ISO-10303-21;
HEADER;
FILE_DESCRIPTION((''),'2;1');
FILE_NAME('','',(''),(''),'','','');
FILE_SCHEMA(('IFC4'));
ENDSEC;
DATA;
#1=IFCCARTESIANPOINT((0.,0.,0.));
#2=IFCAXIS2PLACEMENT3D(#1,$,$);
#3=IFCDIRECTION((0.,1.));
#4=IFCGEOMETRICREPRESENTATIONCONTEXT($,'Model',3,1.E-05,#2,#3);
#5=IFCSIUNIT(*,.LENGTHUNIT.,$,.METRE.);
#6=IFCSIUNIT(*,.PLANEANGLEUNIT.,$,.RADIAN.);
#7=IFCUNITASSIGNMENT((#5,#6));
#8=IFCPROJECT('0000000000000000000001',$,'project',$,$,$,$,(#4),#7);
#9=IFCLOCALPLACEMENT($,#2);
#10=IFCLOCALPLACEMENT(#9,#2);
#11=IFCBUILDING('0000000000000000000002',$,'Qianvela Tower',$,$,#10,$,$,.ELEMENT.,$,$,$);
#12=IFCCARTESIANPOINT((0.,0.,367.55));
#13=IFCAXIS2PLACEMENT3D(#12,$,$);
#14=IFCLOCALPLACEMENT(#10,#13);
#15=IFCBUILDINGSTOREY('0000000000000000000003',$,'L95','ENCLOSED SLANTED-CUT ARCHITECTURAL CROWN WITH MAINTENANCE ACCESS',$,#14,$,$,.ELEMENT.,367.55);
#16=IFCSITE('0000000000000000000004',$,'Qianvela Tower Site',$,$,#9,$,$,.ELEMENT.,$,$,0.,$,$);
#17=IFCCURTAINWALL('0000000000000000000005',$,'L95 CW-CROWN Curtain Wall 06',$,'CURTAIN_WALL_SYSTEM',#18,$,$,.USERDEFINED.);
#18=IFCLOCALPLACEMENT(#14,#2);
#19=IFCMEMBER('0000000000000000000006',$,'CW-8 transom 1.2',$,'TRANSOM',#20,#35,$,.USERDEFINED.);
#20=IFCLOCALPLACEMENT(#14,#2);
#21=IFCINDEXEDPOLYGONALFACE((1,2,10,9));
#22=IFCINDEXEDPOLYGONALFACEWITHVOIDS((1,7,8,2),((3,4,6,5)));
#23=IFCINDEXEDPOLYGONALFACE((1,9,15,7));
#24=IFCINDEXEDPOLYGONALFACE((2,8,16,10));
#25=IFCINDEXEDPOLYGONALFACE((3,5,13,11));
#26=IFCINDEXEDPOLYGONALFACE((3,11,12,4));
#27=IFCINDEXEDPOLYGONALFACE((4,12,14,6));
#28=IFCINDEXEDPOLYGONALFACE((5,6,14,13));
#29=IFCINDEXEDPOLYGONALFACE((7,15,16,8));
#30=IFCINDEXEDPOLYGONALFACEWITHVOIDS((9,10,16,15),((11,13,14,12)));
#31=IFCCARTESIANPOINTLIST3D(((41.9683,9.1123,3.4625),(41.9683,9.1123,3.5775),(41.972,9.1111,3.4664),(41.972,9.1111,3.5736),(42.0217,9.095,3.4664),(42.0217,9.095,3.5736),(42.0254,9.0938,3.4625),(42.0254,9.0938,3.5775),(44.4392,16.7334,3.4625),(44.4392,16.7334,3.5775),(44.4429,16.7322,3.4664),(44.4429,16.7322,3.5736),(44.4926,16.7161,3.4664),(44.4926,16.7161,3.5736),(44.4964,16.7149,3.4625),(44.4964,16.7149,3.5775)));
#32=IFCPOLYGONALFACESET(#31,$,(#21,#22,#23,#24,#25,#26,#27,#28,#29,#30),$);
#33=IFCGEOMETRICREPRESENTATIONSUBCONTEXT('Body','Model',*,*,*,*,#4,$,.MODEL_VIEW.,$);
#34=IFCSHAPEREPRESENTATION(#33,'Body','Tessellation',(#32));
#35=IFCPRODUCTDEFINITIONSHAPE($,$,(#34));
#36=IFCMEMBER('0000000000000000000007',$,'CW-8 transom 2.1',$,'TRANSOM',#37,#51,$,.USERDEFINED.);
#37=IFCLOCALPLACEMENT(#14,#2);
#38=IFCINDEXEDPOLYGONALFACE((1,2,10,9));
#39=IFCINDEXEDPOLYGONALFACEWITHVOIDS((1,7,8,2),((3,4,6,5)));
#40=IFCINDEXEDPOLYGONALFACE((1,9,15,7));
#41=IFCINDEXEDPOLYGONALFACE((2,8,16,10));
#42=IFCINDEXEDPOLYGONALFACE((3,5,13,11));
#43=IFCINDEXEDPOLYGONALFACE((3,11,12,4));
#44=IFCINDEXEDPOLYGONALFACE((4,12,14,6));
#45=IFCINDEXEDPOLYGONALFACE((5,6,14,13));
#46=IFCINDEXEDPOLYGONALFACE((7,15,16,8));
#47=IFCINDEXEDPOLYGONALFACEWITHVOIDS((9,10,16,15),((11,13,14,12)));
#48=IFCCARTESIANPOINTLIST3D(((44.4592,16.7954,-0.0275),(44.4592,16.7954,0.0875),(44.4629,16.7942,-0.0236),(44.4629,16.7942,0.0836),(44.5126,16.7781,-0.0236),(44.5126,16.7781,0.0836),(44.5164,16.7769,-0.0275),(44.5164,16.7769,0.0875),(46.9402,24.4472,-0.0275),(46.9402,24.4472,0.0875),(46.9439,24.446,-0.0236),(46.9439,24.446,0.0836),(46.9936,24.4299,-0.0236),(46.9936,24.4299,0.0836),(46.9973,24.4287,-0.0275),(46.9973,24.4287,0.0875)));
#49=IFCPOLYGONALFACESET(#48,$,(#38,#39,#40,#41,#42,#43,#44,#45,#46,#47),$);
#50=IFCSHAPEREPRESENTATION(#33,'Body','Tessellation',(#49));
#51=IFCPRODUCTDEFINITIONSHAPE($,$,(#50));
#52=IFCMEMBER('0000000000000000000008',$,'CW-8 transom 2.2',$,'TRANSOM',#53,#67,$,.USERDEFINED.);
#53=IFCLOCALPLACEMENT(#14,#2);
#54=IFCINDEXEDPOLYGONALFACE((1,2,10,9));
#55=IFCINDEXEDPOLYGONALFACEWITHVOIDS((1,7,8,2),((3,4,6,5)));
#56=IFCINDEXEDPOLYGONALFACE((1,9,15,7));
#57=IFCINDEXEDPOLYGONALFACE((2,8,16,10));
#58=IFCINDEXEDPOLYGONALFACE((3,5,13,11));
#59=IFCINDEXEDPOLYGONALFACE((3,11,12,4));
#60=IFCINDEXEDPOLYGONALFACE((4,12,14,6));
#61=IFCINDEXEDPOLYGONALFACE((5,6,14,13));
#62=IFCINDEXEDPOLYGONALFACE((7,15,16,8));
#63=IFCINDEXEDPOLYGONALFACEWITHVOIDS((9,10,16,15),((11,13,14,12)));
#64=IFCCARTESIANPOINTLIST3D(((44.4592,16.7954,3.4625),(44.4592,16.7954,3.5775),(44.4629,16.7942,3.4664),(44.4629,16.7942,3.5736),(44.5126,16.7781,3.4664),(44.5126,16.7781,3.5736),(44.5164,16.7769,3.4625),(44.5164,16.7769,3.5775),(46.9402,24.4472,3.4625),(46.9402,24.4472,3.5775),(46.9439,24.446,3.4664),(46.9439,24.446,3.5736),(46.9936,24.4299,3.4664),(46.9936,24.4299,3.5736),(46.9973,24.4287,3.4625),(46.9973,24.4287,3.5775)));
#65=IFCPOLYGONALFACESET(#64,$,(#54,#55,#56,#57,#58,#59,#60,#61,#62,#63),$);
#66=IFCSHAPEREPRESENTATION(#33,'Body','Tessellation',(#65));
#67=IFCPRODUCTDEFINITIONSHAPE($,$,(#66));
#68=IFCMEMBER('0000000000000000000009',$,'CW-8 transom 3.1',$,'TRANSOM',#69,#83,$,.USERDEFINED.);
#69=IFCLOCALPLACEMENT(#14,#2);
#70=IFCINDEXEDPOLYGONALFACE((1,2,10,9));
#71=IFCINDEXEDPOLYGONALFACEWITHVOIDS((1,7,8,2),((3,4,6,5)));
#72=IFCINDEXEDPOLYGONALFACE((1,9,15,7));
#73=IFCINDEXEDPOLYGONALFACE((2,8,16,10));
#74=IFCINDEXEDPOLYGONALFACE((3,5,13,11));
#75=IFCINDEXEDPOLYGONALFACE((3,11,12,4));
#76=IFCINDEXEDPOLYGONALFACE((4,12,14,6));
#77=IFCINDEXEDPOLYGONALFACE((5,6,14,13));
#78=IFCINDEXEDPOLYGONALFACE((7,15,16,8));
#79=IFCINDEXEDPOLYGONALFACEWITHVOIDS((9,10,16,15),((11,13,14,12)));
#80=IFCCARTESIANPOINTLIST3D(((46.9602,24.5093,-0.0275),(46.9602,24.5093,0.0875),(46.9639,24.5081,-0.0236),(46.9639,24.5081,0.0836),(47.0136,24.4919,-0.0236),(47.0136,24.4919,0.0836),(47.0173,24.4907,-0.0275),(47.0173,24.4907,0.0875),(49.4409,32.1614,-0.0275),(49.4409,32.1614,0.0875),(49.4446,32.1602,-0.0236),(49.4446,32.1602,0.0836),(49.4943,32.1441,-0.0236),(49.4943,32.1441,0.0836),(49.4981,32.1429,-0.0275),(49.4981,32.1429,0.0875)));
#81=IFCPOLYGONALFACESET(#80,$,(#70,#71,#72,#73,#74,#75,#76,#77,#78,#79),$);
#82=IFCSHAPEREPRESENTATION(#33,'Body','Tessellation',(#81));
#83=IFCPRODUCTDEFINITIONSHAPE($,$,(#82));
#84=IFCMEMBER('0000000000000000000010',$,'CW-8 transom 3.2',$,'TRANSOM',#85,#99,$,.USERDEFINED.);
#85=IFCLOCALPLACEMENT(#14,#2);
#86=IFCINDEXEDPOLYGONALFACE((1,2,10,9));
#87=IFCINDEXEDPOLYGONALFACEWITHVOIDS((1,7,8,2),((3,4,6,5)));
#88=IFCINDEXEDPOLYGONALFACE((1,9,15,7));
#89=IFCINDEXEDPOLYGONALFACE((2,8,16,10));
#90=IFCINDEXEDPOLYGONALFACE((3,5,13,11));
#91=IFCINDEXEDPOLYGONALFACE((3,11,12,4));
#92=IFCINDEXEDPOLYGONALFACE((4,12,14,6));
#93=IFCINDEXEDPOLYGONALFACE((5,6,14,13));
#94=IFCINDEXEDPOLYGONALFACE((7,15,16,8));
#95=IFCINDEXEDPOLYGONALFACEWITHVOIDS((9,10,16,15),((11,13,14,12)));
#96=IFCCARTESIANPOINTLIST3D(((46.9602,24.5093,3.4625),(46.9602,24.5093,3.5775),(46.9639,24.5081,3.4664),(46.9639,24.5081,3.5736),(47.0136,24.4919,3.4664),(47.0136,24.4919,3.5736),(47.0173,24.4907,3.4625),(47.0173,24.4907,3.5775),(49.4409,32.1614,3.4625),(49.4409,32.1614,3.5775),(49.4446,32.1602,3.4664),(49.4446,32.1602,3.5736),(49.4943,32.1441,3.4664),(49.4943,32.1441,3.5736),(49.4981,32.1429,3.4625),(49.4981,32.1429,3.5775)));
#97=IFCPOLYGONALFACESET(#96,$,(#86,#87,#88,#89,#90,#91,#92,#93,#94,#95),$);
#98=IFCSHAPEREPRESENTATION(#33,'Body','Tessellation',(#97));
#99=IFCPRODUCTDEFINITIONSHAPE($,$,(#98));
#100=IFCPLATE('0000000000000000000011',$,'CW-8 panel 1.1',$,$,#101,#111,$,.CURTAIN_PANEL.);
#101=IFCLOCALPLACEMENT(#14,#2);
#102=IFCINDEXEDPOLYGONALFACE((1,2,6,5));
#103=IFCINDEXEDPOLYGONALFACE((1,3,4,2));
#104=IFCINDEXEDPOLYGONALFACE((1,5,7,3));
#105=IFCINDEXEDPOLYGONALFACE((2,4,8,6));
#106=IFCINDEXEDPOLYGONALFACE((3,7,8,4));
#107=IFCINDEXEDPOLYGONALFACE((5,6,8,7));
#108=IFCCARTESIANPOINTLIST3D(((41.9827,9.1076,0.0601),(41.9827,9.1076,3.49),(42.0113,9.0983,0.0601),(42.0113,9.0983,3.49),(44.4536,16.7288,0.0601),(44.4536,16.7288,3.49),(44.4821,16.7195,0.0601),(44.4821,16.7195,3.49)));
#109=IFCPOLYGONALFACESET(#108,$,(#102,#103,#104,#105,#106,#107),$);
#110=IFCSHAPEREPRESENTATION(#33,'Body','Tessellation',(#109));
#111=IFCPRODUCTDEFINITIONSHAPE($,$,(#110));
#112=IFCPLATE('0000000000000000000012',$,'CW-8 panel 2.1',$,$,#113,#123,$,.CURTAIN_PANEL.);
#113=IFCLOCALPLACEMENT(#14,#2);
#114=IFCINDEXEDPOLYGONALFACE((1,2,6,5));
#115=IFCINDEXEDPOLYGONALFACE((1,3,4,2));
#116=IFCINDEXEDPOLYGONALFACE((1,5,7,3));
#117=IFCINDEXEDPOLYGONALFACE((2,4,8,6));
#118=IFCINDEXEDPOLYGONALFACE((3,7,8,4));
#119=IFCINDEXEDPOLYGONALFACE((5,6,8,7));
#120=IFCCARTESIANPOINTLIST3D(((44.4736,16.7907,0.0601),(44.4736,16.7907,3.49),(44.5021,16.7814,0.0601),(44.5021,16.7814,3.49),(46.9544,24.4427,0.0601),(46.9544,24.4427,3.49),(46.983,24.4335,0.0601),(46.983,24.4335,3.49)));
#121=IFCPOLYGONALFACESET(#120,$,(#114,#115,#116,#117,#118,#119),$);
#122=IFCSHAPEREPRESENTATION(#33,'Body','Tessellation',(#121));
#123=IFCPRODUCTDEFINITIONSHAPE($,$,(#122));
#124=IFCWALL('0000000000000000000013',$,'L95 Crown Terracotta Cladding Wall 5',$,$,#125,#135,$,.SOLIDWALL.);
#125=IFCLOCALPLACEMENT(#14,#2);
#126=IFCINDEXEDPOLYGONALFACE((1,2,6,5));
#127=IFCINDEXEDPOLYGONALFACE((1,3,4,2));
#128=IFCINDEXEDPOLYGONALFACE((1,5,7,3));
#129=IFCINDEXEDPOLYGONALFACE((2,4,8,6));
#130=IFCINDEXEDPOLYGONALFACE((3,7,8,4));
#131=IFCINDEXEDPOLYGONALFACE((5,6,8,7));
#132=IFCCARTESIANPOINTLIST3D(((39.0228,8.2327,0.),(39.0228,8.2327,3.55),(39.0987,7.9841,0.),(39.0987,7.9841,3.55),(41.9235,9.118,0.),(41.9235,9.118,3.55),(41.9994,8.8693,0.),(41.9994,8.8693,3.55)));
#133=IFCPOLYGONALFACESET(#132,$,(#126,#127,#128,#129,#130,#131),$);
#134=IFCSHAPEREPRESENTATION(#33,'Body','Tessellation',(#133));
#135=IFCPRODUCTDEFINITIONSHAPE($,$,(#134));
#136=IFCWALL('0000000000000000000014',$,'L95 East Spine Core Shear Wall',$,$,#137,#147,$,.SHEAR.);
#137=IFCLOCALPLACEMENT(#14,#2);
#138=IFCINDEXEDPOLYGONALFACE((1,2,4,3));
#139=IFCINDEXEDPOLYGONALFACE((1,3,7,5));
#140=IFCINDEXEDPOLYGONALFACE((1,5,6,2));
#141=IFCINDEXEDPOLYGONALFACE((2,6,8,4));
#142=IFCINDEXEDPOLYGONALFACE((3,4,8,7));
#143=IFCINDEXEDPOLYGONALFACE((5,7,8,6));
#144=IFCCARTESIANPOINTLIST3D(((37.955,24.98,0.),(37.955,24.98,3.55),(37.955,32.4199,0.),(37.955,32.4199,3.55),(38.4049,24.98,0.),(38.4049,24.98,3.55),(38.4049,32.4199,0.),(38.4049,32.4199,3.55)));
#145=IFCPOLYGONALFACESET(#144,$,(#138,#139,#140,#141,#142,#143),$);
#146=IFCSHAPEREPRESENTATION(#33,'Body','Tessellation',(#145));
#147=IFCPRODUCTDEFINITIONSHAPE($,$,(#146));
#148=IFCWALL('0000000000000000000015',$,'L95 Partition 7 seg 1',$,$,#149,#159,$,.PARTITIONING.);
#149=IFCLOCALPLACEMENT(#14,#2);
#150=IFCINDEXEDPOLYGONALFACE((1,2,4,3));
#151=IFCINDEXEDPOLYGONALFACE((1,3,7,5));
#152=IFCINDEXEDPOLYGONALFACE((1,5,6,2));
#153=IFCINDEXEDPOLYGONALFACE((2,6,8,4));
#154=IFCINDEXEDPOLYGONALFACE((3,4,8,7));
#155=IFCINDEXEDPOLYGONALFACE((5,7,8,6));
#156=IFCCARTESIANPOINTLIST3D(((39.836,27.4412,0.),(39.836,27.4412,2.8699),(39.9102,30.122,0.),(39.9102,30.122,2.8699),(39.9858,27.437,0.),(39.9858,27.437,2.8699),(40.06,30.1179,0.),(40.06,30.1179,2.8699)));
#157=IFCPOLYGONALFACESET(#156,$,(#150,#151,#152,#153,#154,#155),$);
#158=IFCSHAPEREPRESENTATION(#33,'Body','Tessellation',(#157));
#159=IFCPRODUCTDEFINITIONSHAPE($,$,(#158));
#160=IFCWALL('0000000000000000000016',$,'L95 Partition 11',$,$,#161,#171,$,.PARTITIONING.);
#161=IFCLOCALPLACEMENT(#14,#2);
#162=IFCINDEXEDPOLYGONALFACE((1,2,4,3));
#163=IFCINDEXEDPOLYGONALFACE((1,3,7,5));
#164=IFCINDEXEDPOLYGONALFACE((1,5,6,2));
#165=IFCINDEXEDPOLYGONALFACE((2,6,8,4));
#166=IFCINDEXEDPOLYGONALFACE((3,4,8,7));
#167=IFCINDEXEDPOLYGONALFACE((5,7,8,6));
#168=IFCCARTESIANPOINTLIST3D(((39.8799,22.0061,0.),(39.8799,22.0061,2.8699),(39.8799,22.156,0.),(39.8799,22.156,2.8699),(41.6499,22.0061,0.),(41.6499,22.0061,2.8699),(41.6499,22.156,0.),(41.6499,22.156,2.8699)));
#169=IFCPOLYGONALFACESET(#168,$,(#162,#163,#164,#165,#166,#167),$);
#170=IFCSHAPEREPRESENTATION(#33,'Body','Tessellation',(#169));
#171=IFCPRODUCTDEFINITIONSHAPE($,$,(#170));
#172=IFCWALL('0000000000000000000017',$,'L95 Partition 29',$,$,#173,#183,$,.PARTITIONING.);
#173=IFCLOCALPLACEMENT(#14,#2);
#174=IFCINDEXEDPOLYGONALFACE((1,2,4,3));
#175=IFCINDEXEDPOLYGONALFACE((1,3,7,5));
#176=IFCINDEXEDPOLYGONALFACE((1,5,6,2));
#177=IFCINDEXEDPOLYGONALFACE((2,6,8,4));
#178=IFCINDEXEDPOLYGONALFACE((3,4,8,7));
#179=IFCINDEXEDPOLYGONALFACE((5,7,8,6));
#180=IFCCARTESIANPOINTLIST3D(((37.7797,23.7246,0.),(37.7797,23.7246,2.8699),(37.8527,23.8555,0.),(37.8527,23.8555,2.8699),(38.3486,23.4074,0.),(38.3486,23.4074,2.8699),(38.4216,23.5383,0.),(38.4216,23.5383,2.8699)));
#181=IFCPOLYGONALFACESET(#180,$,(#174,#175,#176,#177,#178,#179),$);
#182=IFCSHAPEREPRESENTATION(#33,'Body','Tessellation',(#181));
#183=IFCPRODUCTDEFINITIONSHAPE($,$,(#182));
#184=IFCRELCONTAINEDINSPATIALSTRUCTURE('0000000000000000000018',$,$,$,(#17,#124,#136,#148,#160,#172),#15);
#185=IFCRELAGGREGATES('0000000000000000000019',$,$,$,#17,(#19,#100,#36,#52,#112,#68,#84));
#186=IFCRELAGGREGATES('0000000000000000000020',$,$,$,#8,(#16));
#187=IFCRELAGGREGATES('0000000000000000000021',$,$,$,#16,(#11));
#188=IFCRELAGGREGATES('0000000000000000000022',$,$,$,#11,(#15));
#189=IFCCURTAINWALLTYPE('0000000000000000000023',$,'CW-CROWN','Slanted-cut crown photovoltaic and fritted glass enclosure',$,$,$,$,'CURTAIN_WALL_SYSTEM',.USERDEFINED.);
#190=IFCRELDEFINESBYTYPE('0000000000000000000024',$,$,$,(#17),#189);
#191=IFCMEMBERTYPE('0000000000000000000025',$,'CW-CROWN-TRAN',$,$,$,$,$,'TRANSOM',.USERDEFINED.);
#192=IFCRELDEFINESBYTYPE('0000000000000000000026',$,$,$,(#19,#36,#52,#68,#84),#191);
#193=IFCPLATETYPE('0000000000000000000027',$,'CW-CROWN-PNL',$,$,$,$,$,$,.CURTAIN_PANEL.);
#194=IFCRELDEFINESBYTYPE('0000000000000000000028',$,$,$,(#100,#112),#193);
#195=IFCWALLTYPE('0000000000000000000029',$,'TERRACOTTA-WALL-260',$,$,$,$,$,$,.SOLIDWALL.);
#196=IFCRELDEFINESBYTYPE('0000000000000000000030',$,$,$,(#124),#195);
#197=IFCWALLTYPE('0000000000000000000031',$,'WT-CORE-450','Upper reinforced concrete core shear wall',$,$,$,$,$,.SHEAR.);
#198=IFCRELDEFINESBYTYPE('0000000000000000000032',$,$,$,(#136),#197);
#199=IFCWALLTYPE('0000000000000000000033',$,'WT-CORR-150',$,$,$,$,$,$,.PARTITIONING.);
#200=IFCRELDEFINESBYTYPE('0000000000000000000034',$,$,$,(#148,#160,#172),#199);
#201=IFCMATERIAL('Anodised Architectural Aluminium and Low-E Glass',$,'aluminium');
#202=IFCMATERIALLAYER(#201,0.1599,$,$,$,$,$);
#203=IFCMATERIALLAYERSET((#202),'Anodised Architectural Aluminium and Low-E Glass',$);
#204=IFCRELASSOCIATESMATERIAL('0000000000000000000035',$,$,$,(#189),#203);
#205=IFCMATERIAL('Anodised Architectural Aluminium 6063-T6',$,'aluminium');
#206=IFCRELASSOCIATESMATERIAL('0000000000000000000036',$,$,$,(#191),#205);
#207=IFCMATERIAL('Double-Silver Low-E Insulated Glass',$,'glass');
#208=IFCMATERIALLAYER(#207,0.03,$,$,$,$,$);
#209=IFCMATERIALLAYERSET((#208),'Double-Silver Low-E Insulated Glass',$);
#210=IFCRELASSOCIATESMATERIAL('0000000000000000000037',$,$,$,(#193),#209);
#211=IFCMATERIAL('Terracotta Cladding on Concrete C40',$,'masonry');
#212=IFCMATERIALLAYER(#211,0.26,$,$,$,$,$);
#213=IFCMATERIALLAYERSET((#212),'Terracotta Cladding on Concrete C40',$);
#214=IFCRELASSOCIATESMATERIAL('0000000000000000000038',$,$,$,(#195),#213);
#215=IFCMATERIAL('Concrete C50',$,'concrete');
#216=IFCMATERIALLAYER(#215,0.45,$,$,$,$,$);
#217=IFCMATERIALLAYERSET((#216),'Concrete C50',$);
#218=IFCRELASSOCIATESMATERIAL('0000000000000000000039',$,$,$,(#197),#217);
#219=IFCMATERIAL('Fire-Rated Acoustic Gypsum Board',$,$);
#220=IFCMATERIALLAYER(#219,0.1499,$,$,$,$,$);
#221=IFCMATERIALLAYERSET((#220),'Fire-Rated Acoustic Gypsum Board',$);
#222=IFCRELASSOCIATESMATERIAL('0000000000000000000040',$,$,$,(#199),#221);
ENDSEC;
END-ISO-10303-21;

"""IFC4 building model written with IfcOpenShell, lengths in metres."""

from ifc_helpers import new_model, si_unit, direction, frame, frame_2d, origin, origin_2d, place, context, subcontext, project, spatial, rectangle, hollow_rectangle, extrude, material, layer, layer_set, material_profile, profile_set, type_object, element, aggregate, save


model = new_model("IFC4")

# Units and contexts
model_context = context("Model", 3, precision=1e-05, world=origin(), true_north=direction((0.0, 1.0)))
body_context = subcontext(model_context, "Body", "Model", "MODEL_VIEW")
ifc_project = project(units=[si_unit("LENGTHUNIT", "METRE"), si_unit("PLANEANGLEUNIT", "RADIAN")], contexts=[model_context])

# Site, building, storey
site_placement = place(None, origin())
site = spatial("IfcSite", under=ifc_project, at=site_placement, Name="Qianvela Tower Site", CompositionType="ELEMENT", RefElevation=0.0)
building_placement = place(site_placement, origin())
building = spatial("IfcBuilding", under=site, at=building_placement, Name="Qianvela Tower", CompositionType="ELEMENT")
storey_placement = place(building_placement, frame((0.0, 0.0, 367.55)))
storey = spatial("IfcBuildingStorey", under=building, at=storey_placement, Name="L95", Description="ENCLOSED SLANTED-CUT ARCHITECTURAL CROWN WITH MAINTENANCE ACCESS", CompositionType="ELEMENT", Elevation=367.55)

# Shared definitions
ifc_material_1 = material(Name="Anodised Architectural Aluminium and Low-E Glass", Category="aluminium")
ifc_layer_1 = layer(ifc_material_1, 0.1599)
ifc_layer_set_1 = layer_set([ifc_layer_1], Name="Anodised Architectural Aluminium and Low-E Glass")
curtain_wall_type = type_object("IfcCurtainWallType", Name="CW-CROWN", Description="Slanted-cut crown photovoltaic and fritted glass enclosure", ElementType="CURTAIN_WALL_SYSTEM", PredefinedType="USERDEFINED", material=ifc_layer_set_1)

# Curtain wall, members, plates
curtain_wall_1_placement = place(storey_placement, origin())
curtain_wall_1 = element("IfcCurtainWall", 1, at=curtain_wall_1_placement, inside=storey, type_object=curtain_wall_type, Name="L95 CW-CROWN Curtain Wall 06", ObjectType="CURTAIN_WALL_SYSTEM", PredefinedType="USERDEFINED")
ifc_material_2 = material(Name="Anodised Architectural Aluminium 6063-T6", Category="aluminium")
ifc_material_profile_1 = material_profile(ifc_material_2, hollow_rectangle(XDim=0.0601, YDim=0.115, WallThickness=0.0039, at=origin_2d()), Name="ALU-TRAN-60x115")
ifc_profile_set_1 = profile_set([ifc_material_profile_1], Name="Anodised Architectural Aluminium 6063-T6")
member_type_1 = type_object("IfcMemberType", Name="CW-CROWN-TRAN", ElementType="TRANSOM", PredefinedType="USERDEFINED", material=ifc_profile_set_1)
member_1_placement = place(storey_placement, frame((41.9968, 9.103, 3.52), z_axis=(0.308419, 0.951251, 0.0), x_axis=(-0.951251, 0.308419, 0.0)))
member_1 = element("IfcMember", 2, at=member_1_placement, type_object=member_type_1, Name="CW-8 transom 1.2", ObjectType="TRANSOM", PredefinedType="USERDEFINED", context=body_context, shape_type="SweptSolid", body=[
    extrude(hollow_rectangle(XDim=0.0601, YDim=0.115, WallThickness=0.0039, at=origin_2d()), origin(), (0.0, 0.0, 1.0), 8.0117),
])
member_2_placement = place(storey_placement, frame((44.4878, 16.7861, 0.03), z_axis=(0.308423, 0.951249, 0.0), x_axis=(-0.951249, 0.308423, 0.0)))
member_2 = element("IfcMember", 3, at=member_2_placement, type_object=member_type_1, Name="CW-8 transom 2.1", ObjectType="TRANSOM", PredefinedType="USERDEFINED", context=body_context, shape_type="SweptSolid", body=[
    extrude(hollow_rectangle(XDim=0.0601, YDim=0.115, WallThickness=0.0039, at=origin_2d()), origin(), (0.0, 0.0, 1.0), 8.0439),
])
member_3_placement = place(storey_placement, frame((44.4878, 16.7861, 3.52), z_axis=(0.308423, 0.951249, 0.0), x_axis=(-0.951249, 0.308423, 0.0)))
member_3 = element("IfcMember", 4, at=member_3_placement, type_object=member_type_1, Name="CW-8 transom 2.2", ObjectType="TRANSOM", PredefinedType="USERDEFINED", context=body_context, shape_type="SweptSolid", body=[
    extrude(hollow_rectangle(XDim=0.0601, YDim=0.115, WallThickness=0.0039, at=origin_2d()), origin(), (0.0, 0.0, 1.0), 8.0439),
])
member_4_placement = place(storey_placement, frame((46.9888, 24.5, 0.03), z_axis=(0.308387, 0.951261, 0.0), x_axis=(-0.951261, 0.308387, 0.0)))
member_4 = element("IfcMember", 5, at=member_4_placement, type_object=member_type_1, Name="CW-8 transom 3.1", ObjectType="TRANSOM", PredefinedType="USERDEFINED", context=body_context, shape_type="SweptSolid", body=[
    extrude(hollow_rectangle(XDim=0.0601, YDim=0.115, WallThickness=0.0039, at=origin_2d()), origin(), (0.0, 0.0, 1.0), 8.0442),
])
member_5_placement = place(storey_placement, frame((46.9888, 24.5, 3.52), z_axis=(0.308387, 0.951261, 0.0), x_axis=(-0.951261, 0.308387, 0.0)))
member_5 = element("IfcMember", 6, at=member_5_placement, type_object=member_type_1, Name="CW-8 transom 3.2", ObjectType="TRANSOM", PredefinedType="USERDEFINED", context=body_context, shape_type="SweptSolid", body=[
    extrude(hollow_rectangle(XDim=0.0601, YDim=0.115, WallThickness=0.0039, at=origin_2d()), origin(), (0.0, 0.0, 1.0), 8.0442),
])
ifc_material_3 = material(Name="Double-Silver Low-E Insulated Glass", Category="glass")
ifc_layer_2 = layer(ifc_material_3, 0.03)
ifc_layer_set_2 = layer_set([ifc_layer_2], Name="Double-Silver Low-E Insulated Glass")
plate_type = type_object("IfcPlateType", Name="CW-CROWN-PNL", PredefinedType="CURTAIN_PANEL", material=ifc_layer_set_2)
plate_1_placement = place(storey_placement, frame((43.2324, 12.9136, 0.0601), z_axis=(0.0, 0.0, 1.0), x_axis=(0.308404, 0.951256, 0.0)))
plate_1 = element("IfcPlate", 7, at=plate_1_placement, type_object=plate_type, Name="CW-8 panel 1.1", PredefinedType="CURTAIN_PANEL", context=body_context, shape_type="SweptSolid", body=[
    extrude(rectangle(XDim=8.0117, YDim=0.03, at=origin_2d()), origin(), (0.0, 0.0, 1.0), 3.4299),
])
plate_2_placement = place(storey_placement, frame((45.7283, 20.6121, 0.0601), z_axis=(0.0, 0.0, 1.0), x_axis=(0.308404, 0.951256, 0.0)))
plate_2 = element("IfcPlate", 8, at=plate_2_placement, type_object=plate_type, Name="CW-8 panel 2.1", PredefinedType="CURTAIN_PANEL", context=body_context, shape_type="SweptSolid", body=[
    extrude(rectangle(XDim=8.0442, YDim=0.03, at=origin_2d()), origin(), (0.0, 0.0, 1.0), 3.4299),
])
aggregate(curtain_wall_1, [member_1, plate_1, member_2, member_3, plate_2, member_4, member_5])

# Walls
ifc_material_4 = material(Name="Terracotta Cladding on Concrete C40", Category="masonry")
ifc_layer_3 = layer(ifc_material_4, 0.26)
ifc_layer_set_3 = layer_set([ifc_layer_3], Name="Terracotta Cladding on Concrete C40")
wall_type_1 = type_object("IfcWallType", Name="TERRACOTTA-WALL-260", PredefinedType="SOLIDWALL", material=ifc_layer_set_3)
wall_1_placement = place(storey_placement, frame((39.0608, 8.1084, 0.0), z_axis=(0.0, 0.0, 1.0), x_axis=(0.956448, 0.291902, 0.0)))
element("IfcWall", 9, at=wall_1_placement, inside=storey, type_object=wall_type_1, Name="L95 Crown Terracotta Cladding Wall 5", PredefinedType="SOLIDWALL", context=body_context, shape_type="SweptSolid", body=[
    extrude(rectangle(XDim=3.0327, YDim=0.26, at=frame_2d((1.5164, 0.0))), origin(), (0.0, 0.0, 1.0), 3.55),
])
ifc_material_5 = material(Name="Concrete C50", Category="concrete")
ifc_layer_4 = layer(ifc_material_5, 0.45)
ifc_layer_set_4 = layer_set([ifc_layer_4], Name="Concrete C50")
wall_type_2 = type_object("IfcWallType", Name="WT-CORE-450", Description="Upper reinforced concrete core shear wall", PredefinedType="SHEAR", material=ifc_layer_set_4)
wall_2_placement = place(storey_placement, frame((38.1799, 24.98, 0.0), z_axis=(0.0, 0.0, 1.0), x_axis=(0.0, 1.0, 0.0)))
element("IfcWall", 10, at=wall_2_placement, inside=storey, type_object=wall_type_2, Name="L95 East Spine Core Shear Wall", PredefinedType="SHEAR", context=body_context, shape_type="SweptSolid", body=[
    extrude(rectangle(XDim=7.4399, YDim=0.45, at=frame_2d((3.72, 0.0))), origin(), (0.0, 0.0, 1.0), 3.55),
])

# Shared definitions
ifc_material_6 = material(Name="Fire-Rated Acoustic Gypsum Board")
ifc_layer_5 = layer(ifc_material_6, 0.1499)
ifc_layer_set_5 = layer_set([ifc_layer_5], Name="Fire-Rated Acoustic Gypsum Board")
wall_type_3 = type_object("IfcWallType", Name="WT-CORR-150", PredefinedType="PARTITIONING", material=ifc_layer_set_5)

# Walls
wall_3_placement = place(storey_placement, frame((39.9109, 27.4392, 0.0), z_axis=(0.0, 0.0, 1.0), x_axis=(0.027674, 0.999617, 0.0)))
element("IfcWall", 11, at=wall_3_placement, inside=storey, type_object=wall_type_3, Name="L95 Partition 7 seg 1", PredefinedType="PARTITIONING", context=body_context, shape_type="SweptSolid", body=[
    extrude(rectangle(XDim=2.6819, YDim=0.1499, at=frame_2d((1.3408, 0.0))), origin(), (0.0, 0.0, 1.0), 2.8699),
])
wall_4_placement = place(storey_placement, frame((41.6499, 22.0811, 0.0), z_axis=(0.0, 0.0, 1.0), x_axis=(-1.0, 0.0, 0.0)))
element("IfcWall", 12, at=wall_4_placement, inside=storey, type_object=wall_type_3, Name="L95 Partition 11", PredefinedType="PARTITIONING", context=body_context, shape_type="SweptSolid", body=[
    extrude(rectangle(XDim=1.77, YDim=0.1499, at=frame_2d((0.885, 0.0))), origin(), (0.0, 0.0, 1.0), 2.8699),
])
wall_5_placement = place(storey_placement, frame((37.8162, 23.79, 0.0), z_axis=(0.0, 0.0, 1.0), x_axis=(0.873431, -0.486947, 0.0)))
element("IfcWall", 13, at=wall_5_placement, inside=storey, type_object=wall_type_3, Name="L95 Partition 29", PredefinedType="PARTITIONING", context=body_context, shape_type="SweptSolid", body=[
    extrude(rectangle(XDim=0.6514, YDim=0.1499, at=frame_2d((0.3257, 0.0))), origin(), (0.0, 0.0, 1.0), 2.8699),
])

save(model, "model.ifc")
